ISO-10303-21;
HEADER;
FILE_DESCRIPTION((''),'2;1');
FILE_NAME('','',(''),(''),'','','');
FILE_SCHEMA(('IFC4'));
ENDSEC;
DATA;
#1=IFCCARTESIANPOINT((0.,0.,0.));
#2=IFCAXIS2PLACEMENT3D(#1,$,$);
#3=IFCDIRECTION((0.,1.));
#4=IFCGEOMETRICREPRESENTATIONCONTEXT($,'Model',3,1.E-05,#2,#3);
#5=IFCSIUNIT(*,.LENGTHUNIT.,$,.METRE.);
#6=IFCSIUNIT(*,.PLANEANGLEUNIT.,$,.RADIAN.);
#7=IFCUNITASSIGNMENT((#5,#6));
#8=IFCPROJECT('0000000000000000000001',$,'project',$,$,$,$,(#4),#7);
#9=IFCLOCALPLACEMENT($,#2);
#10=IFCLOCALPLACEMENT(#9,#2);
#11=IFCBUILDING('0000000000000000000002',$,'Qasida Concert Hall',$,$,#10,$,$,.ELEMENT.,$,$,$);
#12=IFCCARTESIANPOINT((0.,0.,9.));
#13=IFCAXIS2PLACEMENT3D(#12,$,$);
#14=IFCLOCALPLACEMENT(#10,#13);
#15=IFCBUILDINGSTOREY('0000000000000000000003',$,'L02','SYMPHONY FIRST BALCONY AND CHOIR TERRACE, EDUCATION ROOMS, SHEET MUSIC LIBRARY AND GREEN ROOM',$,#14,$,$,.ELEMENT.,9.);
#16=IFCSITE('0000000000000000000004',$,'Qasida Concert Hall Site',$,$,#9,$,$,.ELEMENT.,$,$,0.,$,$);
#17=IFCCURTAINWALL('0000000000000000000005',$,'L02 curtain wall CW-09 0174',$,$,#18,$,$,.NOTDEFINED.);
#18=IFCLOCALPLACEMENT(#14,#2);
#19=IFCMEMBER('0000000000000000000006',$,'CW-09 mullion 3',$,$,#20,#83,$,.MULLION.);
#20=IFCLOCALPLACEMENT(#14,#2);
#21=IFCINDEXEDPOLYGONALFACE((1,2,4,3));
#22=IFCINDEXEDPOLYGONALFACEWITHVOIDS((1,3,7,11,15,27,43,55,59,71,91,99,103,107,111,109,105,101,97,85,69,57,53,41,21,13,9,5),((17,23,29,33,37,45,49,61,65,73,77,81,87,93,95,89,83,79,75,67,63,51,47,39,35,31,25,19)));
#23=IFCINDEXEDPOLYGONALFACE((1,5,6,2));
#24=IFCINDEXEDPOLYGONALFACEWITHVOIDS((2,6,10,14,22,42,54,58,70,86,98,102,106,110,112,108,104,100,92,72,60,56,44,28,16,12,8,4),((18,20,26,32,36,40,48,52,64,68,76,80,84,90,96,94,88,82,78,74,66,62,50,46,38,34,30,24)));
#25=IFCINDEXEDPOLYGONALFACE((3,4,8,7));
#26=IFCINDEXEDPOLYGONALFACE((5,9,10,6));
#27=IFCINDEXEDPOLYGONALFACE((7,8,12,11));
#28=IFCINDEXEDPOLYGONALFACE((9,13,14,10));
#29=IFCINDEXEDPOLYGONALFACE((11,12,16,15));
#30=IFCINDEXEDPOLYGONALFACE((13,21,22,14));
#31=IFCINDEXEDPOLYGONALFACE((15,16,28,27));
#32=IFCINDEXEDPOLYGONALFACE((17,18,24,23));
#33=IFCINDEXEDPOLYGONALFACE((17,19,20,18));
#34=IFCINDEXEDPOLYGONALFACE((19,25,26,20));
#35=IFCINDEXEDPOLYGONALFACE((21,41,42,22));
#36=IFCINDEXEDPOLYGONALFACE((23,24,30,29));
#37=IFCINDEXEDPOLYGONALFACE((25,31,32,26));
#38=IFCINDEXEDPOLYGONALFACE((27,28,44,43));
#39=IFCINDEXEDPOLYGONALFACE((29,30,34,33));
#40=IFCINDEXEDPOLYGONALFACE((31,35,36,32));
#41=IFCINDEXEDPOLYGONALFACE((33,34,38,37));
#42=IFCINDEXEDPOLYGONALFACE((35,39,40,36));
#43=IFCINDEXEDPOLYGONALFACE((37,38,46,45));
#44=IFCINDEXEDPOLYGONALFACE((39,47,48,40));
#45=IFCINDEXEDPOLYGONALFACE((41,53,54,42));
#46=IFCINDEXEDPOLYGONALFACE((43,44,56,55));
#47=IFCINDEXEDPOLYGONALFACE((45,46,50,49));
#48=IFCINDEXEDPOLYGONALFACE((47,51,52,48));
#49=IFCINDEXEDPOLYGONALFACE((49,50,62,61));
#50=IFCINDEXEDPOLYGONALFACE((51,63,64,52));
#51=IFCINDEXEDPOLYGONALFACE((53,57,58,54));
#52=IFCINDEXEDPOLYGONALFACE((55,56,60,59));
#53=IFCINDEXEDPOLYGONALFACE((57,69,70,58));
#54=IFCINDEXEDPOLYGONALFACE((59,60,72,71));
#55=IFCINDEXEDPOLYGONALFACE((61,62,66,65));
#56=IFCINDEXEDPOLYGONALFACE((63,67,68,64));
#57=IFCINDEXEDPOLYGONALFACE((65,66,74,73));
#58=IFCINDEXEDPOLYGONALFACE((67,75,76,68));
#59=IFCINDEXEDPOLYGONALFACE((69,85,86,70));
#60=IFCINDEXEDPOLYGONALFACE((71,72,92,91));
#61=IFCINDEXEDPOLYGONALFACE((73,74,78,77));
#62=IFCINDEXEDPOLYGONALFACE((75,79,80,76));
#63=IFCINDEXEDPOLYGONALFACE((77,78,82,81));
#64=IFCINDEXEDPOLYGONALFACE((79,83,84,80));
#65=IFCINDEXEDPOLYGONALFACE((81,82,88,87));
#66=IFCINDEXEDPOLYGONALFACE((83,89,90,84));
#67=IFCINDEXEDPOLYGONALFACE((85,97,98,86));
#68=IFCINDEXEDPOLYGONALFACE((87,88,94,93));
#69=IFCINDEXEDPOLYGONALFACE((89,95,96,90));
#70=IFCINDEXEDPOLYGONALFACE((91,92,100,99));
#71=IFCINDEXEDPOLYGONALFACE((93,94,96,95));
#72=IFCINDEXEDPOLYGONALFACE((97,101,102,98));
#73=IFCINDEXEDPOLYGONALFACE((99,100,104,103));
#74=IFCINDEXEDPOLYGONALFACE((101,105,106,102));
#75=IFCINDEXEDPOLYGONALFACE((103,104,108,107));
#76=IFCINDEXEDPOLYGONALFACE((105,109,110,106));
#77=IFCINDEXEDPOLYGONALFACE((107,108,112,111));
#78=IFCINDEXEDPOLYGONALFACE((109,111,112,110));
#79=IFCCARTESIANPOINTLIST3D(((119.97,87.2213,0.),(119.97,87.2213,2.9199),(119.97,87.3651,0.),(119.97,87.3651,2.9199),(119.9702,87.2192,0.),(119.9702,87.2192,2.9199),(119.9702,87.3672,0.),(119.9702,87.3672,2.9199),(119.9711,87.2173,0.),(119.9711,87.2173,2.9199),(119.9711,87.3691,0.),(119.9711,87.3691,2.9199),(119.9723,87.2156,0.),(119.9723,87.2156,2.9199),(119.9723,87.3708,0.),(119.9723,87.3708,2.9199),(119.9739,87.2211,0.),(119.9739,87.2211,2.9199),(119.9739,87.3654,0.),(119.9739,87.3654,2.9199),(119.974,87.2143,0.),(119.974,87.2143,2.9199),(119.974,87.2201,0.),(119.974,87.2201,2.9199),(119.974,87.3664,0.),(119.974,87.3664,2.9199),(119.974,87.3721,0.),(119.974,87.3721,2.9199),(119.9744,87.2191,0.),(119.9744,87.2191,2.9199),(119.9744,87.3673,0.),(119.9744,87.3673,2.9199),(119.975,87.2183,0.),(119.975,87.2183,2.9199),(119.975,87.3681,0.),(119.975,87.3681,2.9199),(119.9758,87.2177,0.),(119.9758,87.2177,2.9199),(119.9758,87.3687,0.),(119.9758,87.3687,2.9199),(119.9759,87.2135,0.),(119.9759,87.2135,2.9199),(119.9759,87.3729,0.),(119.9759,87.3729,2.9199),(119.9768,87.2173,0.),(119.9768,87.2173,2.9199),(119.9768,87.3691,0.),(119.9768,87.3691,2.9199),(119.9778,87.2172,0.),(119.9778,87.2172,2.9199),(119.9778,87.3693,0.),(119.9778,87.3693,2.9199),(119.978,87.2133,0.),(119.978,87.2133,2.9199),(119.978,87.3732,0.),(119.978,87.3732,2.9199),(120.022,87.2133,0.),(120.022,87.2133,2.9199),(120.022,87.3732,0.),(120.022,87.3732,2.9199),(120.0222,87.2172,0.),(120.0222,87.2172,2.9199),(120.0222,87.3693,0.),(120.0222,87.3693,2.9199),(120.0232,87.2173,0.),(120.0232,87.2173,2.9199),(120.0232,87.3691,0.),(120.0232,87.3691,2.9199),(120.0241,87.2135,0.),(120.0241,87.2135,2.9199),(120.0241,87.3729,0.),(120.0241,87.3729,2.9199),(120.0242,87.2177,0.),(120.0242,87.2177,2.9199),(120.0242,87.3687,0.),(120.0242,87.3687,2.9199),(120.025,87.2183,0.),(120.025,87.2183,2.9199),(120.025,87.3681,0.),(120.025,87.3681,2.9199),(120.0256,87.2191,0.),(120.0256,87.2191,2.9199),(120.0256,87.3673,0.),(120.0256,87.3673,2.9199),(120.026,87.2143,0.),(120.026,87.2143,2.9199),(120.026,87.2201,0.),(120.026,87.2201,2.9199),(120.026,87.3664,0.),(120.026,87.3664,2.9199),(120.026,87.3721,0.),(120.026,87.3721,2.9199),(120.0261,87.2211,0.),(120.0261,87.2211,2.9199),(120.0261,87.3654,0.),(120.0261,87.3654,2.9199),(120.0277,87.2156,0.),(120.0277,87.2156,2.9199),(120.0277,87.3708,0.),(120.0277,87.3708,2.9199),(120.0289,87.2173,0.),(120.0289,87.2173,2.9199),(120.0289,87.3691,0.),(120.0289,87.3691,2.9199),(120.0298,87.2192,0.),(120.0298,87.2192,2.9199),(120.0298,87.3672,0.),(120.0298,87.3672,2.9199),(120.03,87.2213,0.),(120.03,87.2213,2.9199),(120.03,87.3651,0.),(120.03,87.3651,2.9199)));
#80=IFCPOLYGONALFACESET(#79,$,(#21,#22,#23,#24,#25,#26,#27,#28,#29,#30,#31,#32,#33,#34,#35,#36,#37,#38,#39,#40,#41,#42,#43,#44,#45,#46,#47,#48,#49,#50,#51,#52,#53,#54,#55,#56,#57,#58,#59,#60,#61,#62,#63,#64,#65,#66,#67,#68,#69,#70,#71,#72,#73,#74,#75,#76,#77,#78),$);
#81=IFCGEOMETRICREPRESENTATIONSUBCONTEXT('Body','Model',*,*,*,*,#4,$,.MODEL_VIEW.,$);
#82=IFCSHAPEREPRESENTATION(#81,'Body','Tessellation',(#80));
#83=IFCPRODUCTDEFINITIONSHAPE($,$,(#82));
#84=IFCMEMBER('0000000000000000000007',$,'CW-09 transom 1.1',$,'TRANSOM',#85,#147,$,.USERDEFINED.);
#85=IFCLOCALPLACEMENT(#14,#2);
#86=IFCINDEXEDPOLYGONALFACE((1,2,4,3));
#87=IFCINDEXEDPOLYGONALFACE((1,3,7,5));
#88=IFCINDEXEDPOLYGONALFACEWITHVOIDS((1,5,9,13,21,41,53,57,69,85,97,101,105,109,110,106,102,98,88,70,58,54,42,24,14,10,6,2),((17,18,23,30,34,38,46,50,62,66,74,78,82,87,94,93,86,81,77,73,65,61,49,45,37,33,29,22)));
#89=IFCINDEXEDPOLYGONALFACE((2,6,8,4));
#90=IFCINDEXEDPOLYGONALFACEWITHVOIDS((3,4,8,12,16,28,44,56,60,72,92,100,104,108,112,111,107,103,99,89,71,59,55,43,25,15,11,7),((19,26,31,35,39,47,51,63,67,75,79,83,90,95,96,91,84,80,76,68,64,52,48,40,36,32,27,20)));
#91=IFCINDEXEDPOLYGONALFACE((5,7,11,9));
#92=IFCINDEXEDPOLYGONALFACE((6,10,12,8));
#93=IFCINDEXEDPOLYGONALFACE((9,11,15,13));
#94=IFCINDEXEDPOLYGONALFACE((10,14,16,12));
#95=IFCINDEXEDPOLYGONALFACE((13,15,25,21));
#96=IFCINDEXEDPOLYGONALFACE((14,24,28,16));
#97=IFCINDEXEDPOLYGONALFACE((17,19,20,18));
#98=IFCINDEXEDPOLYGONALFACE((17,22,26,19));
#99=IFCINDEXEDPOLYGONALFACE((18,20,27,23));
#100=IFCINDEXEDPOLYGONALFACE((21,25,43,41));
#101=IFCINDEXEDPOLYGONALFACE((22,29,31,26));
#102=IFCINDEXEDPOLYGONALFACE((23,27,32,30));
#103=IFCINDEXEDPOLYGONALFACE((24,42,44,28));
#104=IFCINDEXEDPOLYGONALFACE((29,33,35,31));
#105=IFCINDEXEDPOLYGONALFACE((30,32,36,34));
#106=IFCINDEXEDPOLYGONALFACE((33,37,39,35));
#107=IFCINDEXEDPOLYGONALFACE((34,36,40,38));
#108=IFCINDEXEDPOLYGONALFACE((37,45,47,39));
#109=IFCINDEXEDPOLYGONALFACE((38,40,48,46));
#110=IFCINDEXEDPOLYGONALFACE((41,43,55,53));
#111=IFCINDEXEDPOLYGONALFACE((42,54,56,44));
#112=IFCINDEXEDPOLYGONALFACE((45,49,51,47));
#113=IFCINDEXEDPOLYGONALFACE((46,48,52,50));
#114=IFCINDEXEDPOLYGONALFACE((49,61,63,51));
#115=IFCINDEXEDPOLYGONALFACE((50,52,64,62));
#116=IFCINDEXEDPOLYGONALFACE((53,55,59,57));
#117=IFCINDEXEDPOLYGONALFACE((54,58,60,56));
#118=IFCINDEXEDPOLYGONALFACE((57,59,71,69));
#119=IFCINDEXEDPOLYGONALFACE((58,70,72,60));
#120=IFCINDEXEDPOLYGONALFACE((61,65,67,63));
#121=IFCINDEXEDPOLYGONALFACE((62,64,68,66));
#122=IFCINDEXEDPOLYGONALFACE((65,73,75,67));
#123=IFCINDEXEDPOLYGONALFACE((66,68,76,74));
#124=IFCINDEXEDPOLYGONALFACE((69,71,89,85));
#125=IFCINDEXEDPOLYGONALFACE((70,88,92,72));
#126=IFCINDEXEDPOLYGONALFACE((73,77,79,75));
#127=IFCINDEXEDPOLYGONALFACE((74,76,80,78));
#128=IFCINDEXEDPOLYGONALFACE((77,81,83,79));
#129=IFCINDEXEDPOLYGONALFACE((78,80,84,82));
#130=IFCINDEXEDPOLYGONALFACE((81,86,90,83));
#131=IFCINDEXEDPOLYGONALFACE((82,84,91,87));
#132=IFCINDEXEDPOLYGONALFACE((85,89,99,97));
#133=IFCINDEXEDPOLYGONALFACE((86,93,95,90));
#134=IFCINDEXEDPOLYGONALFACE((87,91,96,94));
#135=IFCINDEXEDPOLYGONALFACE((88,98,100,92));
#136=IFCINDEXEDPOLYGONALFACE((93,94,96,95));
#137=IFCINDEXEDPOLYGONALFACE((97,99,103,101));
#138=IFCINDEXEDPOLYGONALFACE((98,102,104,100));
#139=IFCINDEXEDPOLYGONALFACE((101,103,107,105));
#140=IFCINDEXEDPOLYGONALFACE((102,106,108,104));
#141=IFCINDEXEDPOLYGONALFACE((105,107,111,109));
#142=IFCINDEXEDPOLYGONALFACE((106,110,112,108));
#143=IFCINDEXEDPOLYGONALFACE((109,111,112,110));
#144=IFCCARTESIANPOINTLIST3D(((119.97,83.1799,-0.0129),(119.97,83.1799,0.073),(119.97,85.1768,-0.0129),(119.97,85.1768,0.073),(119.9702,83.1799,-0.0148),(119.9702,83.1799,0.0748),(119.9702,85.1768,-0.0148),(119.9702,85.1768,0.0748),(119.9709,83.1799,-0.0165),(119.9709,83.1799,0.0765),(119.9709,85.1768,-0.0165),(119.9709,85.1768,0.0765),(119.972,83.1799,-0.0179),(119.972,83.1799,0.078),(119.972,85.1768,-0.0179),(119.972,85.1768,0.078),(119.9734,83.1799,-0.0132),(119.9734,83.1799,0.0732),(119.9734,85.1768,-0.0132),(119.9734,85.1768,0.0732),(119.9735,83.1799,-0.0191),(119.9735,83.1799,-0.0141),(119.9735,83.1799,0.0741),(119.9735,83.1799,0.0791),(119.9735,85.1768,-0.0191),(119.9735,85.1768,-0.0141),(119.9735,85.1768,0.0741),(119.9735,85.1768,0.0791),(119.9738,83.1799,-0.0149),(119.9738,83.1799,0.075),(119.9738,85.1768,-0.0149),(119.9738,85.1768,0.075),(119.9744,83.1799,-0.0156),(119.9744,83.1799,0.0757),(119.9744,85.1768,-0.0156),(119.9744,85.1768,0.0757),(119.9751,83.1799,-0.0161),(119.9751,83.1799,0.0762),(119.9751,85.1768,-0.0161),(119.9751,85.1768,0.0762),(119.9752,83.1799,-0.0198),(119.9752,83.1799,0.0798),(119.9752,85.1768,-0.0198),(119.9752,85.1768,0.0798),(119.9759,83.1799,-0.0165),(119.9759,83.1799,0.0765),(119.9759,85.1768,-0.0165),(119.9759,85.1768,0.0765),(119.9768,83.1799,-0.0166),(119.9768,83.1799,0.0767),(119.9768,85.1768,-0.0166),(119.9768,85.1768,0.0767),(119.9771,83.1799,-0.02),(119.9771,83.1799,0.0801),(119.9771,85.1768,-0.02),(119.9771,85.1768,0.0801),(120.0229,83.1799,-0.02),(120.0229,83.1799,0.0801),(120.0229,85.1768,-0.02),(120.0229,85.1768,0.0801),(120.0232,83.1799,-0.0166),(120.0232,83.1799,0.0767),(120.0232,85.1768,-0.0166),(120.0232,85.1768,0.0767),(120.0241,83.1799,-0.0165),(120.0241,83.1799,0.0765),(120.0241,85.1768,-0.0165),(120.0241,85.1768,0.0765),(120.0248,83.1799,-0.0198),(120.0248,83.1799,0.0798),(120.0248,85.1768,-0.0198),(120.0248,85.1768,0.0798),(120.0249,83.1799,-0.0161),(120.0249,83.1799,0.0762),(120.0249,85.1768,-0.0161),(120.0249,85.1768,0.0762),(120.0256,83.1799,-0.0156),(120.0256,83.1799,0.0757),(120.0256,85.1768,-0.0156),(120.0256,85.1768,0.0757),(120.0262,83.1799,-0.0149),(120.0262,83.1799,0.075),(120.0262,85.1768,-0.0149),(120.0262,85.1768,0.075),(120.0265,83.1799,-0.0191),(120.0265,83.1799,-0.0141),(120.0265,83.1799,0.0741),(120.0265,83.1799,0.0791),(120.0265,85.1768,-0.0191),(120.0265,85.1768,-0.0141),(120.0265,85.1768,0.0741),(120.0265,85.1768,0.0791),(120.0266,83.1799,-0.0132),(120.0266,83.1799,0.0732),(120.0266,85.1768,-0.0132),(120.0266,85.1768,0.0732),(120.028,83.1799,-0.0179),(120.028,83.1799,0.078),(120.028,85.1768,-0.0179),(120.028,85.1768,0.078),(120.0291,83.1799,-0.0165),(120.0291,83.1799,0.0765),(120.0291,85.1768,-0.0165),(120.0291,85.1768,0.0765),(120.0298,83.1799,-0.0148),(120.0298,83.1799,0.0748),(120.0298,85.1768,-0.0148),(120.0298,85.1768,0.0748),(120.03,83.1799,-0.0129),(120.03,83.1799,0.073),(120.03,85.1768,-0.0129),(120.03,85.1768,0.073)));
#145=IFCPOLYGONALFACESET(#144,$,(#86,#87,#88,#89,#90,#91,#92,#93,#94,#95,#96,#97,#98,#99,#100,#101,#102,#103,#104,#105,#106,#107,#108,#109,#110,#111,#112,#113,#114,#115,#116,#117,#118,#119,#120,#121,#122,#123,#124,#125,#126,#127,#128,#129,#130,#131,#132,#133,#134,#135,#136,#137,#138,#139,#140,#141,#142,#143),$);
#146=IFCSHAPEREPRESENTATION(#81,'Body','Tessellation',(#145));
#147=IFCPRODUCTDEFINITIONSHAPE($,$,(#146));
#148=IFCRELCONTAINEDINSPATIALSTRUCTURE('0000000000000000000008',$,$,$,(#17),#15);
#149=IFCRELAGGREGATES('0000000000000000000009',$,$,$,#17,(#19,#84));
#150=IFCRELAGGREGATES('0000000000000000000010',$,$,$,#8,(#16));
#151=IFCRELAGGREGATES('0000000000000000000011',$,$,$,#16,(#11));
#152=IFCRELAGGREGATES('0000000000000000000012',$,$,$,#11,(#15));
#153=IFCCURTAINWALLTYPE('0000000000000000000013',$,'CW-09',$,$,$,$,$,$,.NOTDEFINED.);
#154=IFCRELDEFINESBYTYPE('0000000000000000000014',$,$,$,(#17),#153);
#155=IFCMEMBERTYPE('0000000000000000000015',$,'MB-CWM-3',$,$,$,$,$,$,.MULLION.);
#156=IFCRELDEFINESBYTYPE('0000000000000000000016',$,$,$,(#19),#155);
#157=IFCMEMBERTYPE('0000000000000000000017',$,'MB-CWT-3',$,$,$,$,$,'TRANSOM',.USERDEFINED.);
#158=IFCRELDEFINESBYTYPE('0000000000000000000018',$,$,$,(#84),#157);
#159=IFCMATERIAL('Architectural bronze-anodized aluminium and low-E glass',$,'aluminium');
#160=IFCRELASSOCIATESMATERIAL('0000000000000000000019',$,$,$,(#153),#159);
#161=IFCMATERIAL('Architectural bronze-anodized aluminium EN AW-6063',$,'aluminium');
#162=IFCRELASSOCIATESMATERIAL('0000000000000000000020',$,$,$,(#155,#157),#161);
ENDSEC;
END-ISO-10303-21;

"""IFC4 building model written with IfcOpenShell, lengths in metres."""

from ifc_helpers import new_model, si_unit, direction, frame, origin, origin_2d, place, context, subcontext, project, spatial, hollow_rectangle, extrude, material, material_profile, profile_set, type_object, element, aggregate, save


model = new_model("IFC4")

# Units and contexts
model_context = context("Model", 3, precision=1e-05, world=origin(), true_north=direction((0.0, 1.0)))
body_context = subcontext(model_context, "Body", "Model", "MODEL_VIEW")
ifc_project = project(units=[si_unit("LENGTHUNIT", "METRE"), si_unit("PLANEANGLEUNIT", "RADIAN")], contexts=[model_context])

# Site, building, storey
site_placement = place(None, origin())
site = spatial("IfcSite", under=ifc_project, at=site_placement, Name="Qasida Concert Hall Site", CompositionType="ELEMENT", RefElevation=0.0)
building_placement = place(site_placement, origin())
building = spatial("IfcBuilding", under=site, at=building_placement, Name="Qasida Concert Hall", CompositionType="ELEMENT")
storey_placement = place(building_placement, frame((0.0, 0.0, 9.0)))
storey = spatial("IfcBuildingStorey", under=building, at=storey_placement, Name="L02", Description="SYMPHONY FIRST BALCONY AND CHOIR TERRACE, EDUCATION ROOMS, SHEET MUSIC LIBRARY AND GREEN ROOM", CompositionType="ELEMENT", Elevation=9.0)

# Curtain wall, members
ifc_material_1 = material(Name="Architectural bronze-anodized aluminium and low-E glass", Category="aluminium")
curtain_wall_type = type_object("IfcCurtainWallType", Name="CW-09", PredefinedType="NOTDEFINED", material=ifc_material_1)
curtain_wall_placement = place(storey_placement, origin())
curtain_wall = element("IfcCurtainWall", 1, at=curtain_wall_placement, inside=storey, type_object=curtain_wall_type, Name="L02 curtain wall CW-09 0174", PredefinedType="NOTDEFINED")
ifc_material_2 = material(Name="Architectural bronze-anodized aluminium EN AW-6063", Category="aluminium")
ifc_material_profile_1 = material_profile(ifc_material_2, hollow_rectangle(XDim=0.0601, YDim=0.1599, WallThickness=0.0039, InnerFilletRadius=0.0039, OuterFilletRadius=0.0081, at=origin_2d()), Name="CWM 160x60x4")
ifc_profile_set_1 = profile_set([ifc_material_profile_1], Name="Architectural bronze-anodized aluminium EN AW-6063")
member_type_1 = type_object("IfcMemberType", Name="MB-CWM-3", PredefinedType="MULLION", material=ifc_profile_set_1)
member_1_placement = place(storey_placement, frame((120.0, 87.2932, 0.0), z_axis=(0.0, 0.0, 1.0), x_axis=(-1.0, 0.0, 0.0)))
member_1 = element("IfcMember", 2, at=member_1_placement, type_object=member_type_1, Name="CW-09 mullion 3", PredefinedType="MULLION", context=body_context, shape_type="SweptSolid", body=[
    extrude(hollow_rectangle(XDim=0.0601, YDim=0.1599, WallThickness=0.0039, InnerFilletRadius=0.0039, OuterFilletRadius=0.0081, at=origin_2d()), origin(), (0.0, 0.0, 1.0), 2.9199),
])
ifc_material_profile_2 = material_profile(ifc_material_2, hollow_rectangle(XDim=0.0601, YDim=0.1001, WallThickness=0.0034, InnerFilletRadius=0.0034, OuterFilletRadius=0.0071, at=origin_2d()), Name="CWT 100x60x3.5")
ifc_profile_set_2 = profile_set([ifc_material_profile_2], Name="Architectural bronze-anodized aluminium EN AW-6063")
member_type_2 = type_object("IfcMemberType", Name="MB-CWT-3", ElementType="TRANSOM", PredefinedType="USERDEFINED", material=ifc_profile_set_2)
member_2_placement = place(storey_placement, frame((120.0, 83.1799, 0.03), z_axis=(0.0, 1.0, 0.0), x_axis=(-1.0, 0.0, 0.0)))
member_2 = element("IfcMember", 3, at=member_2_placement, type_object=member_type_2, Name="CW-09 transom 1.1", ObjectType="TRANSOM", PredefinedType="USERDEFINED", context=body_context, shape_type="SweptSolid", body=[
    extrude(hollow_rectangle(XDim=0.0601, YDim=0.1001, WallThickness=0.0034, InnerFilletRadius=0.0034, OuterFilletRadius=0.0071, at=origin_2d()), origin(), (0.0, 0.0, 1.0), 1.9968),
])
aggregate(curtain_wall, [member_1, member_2])

save(model, "model.ifc")
